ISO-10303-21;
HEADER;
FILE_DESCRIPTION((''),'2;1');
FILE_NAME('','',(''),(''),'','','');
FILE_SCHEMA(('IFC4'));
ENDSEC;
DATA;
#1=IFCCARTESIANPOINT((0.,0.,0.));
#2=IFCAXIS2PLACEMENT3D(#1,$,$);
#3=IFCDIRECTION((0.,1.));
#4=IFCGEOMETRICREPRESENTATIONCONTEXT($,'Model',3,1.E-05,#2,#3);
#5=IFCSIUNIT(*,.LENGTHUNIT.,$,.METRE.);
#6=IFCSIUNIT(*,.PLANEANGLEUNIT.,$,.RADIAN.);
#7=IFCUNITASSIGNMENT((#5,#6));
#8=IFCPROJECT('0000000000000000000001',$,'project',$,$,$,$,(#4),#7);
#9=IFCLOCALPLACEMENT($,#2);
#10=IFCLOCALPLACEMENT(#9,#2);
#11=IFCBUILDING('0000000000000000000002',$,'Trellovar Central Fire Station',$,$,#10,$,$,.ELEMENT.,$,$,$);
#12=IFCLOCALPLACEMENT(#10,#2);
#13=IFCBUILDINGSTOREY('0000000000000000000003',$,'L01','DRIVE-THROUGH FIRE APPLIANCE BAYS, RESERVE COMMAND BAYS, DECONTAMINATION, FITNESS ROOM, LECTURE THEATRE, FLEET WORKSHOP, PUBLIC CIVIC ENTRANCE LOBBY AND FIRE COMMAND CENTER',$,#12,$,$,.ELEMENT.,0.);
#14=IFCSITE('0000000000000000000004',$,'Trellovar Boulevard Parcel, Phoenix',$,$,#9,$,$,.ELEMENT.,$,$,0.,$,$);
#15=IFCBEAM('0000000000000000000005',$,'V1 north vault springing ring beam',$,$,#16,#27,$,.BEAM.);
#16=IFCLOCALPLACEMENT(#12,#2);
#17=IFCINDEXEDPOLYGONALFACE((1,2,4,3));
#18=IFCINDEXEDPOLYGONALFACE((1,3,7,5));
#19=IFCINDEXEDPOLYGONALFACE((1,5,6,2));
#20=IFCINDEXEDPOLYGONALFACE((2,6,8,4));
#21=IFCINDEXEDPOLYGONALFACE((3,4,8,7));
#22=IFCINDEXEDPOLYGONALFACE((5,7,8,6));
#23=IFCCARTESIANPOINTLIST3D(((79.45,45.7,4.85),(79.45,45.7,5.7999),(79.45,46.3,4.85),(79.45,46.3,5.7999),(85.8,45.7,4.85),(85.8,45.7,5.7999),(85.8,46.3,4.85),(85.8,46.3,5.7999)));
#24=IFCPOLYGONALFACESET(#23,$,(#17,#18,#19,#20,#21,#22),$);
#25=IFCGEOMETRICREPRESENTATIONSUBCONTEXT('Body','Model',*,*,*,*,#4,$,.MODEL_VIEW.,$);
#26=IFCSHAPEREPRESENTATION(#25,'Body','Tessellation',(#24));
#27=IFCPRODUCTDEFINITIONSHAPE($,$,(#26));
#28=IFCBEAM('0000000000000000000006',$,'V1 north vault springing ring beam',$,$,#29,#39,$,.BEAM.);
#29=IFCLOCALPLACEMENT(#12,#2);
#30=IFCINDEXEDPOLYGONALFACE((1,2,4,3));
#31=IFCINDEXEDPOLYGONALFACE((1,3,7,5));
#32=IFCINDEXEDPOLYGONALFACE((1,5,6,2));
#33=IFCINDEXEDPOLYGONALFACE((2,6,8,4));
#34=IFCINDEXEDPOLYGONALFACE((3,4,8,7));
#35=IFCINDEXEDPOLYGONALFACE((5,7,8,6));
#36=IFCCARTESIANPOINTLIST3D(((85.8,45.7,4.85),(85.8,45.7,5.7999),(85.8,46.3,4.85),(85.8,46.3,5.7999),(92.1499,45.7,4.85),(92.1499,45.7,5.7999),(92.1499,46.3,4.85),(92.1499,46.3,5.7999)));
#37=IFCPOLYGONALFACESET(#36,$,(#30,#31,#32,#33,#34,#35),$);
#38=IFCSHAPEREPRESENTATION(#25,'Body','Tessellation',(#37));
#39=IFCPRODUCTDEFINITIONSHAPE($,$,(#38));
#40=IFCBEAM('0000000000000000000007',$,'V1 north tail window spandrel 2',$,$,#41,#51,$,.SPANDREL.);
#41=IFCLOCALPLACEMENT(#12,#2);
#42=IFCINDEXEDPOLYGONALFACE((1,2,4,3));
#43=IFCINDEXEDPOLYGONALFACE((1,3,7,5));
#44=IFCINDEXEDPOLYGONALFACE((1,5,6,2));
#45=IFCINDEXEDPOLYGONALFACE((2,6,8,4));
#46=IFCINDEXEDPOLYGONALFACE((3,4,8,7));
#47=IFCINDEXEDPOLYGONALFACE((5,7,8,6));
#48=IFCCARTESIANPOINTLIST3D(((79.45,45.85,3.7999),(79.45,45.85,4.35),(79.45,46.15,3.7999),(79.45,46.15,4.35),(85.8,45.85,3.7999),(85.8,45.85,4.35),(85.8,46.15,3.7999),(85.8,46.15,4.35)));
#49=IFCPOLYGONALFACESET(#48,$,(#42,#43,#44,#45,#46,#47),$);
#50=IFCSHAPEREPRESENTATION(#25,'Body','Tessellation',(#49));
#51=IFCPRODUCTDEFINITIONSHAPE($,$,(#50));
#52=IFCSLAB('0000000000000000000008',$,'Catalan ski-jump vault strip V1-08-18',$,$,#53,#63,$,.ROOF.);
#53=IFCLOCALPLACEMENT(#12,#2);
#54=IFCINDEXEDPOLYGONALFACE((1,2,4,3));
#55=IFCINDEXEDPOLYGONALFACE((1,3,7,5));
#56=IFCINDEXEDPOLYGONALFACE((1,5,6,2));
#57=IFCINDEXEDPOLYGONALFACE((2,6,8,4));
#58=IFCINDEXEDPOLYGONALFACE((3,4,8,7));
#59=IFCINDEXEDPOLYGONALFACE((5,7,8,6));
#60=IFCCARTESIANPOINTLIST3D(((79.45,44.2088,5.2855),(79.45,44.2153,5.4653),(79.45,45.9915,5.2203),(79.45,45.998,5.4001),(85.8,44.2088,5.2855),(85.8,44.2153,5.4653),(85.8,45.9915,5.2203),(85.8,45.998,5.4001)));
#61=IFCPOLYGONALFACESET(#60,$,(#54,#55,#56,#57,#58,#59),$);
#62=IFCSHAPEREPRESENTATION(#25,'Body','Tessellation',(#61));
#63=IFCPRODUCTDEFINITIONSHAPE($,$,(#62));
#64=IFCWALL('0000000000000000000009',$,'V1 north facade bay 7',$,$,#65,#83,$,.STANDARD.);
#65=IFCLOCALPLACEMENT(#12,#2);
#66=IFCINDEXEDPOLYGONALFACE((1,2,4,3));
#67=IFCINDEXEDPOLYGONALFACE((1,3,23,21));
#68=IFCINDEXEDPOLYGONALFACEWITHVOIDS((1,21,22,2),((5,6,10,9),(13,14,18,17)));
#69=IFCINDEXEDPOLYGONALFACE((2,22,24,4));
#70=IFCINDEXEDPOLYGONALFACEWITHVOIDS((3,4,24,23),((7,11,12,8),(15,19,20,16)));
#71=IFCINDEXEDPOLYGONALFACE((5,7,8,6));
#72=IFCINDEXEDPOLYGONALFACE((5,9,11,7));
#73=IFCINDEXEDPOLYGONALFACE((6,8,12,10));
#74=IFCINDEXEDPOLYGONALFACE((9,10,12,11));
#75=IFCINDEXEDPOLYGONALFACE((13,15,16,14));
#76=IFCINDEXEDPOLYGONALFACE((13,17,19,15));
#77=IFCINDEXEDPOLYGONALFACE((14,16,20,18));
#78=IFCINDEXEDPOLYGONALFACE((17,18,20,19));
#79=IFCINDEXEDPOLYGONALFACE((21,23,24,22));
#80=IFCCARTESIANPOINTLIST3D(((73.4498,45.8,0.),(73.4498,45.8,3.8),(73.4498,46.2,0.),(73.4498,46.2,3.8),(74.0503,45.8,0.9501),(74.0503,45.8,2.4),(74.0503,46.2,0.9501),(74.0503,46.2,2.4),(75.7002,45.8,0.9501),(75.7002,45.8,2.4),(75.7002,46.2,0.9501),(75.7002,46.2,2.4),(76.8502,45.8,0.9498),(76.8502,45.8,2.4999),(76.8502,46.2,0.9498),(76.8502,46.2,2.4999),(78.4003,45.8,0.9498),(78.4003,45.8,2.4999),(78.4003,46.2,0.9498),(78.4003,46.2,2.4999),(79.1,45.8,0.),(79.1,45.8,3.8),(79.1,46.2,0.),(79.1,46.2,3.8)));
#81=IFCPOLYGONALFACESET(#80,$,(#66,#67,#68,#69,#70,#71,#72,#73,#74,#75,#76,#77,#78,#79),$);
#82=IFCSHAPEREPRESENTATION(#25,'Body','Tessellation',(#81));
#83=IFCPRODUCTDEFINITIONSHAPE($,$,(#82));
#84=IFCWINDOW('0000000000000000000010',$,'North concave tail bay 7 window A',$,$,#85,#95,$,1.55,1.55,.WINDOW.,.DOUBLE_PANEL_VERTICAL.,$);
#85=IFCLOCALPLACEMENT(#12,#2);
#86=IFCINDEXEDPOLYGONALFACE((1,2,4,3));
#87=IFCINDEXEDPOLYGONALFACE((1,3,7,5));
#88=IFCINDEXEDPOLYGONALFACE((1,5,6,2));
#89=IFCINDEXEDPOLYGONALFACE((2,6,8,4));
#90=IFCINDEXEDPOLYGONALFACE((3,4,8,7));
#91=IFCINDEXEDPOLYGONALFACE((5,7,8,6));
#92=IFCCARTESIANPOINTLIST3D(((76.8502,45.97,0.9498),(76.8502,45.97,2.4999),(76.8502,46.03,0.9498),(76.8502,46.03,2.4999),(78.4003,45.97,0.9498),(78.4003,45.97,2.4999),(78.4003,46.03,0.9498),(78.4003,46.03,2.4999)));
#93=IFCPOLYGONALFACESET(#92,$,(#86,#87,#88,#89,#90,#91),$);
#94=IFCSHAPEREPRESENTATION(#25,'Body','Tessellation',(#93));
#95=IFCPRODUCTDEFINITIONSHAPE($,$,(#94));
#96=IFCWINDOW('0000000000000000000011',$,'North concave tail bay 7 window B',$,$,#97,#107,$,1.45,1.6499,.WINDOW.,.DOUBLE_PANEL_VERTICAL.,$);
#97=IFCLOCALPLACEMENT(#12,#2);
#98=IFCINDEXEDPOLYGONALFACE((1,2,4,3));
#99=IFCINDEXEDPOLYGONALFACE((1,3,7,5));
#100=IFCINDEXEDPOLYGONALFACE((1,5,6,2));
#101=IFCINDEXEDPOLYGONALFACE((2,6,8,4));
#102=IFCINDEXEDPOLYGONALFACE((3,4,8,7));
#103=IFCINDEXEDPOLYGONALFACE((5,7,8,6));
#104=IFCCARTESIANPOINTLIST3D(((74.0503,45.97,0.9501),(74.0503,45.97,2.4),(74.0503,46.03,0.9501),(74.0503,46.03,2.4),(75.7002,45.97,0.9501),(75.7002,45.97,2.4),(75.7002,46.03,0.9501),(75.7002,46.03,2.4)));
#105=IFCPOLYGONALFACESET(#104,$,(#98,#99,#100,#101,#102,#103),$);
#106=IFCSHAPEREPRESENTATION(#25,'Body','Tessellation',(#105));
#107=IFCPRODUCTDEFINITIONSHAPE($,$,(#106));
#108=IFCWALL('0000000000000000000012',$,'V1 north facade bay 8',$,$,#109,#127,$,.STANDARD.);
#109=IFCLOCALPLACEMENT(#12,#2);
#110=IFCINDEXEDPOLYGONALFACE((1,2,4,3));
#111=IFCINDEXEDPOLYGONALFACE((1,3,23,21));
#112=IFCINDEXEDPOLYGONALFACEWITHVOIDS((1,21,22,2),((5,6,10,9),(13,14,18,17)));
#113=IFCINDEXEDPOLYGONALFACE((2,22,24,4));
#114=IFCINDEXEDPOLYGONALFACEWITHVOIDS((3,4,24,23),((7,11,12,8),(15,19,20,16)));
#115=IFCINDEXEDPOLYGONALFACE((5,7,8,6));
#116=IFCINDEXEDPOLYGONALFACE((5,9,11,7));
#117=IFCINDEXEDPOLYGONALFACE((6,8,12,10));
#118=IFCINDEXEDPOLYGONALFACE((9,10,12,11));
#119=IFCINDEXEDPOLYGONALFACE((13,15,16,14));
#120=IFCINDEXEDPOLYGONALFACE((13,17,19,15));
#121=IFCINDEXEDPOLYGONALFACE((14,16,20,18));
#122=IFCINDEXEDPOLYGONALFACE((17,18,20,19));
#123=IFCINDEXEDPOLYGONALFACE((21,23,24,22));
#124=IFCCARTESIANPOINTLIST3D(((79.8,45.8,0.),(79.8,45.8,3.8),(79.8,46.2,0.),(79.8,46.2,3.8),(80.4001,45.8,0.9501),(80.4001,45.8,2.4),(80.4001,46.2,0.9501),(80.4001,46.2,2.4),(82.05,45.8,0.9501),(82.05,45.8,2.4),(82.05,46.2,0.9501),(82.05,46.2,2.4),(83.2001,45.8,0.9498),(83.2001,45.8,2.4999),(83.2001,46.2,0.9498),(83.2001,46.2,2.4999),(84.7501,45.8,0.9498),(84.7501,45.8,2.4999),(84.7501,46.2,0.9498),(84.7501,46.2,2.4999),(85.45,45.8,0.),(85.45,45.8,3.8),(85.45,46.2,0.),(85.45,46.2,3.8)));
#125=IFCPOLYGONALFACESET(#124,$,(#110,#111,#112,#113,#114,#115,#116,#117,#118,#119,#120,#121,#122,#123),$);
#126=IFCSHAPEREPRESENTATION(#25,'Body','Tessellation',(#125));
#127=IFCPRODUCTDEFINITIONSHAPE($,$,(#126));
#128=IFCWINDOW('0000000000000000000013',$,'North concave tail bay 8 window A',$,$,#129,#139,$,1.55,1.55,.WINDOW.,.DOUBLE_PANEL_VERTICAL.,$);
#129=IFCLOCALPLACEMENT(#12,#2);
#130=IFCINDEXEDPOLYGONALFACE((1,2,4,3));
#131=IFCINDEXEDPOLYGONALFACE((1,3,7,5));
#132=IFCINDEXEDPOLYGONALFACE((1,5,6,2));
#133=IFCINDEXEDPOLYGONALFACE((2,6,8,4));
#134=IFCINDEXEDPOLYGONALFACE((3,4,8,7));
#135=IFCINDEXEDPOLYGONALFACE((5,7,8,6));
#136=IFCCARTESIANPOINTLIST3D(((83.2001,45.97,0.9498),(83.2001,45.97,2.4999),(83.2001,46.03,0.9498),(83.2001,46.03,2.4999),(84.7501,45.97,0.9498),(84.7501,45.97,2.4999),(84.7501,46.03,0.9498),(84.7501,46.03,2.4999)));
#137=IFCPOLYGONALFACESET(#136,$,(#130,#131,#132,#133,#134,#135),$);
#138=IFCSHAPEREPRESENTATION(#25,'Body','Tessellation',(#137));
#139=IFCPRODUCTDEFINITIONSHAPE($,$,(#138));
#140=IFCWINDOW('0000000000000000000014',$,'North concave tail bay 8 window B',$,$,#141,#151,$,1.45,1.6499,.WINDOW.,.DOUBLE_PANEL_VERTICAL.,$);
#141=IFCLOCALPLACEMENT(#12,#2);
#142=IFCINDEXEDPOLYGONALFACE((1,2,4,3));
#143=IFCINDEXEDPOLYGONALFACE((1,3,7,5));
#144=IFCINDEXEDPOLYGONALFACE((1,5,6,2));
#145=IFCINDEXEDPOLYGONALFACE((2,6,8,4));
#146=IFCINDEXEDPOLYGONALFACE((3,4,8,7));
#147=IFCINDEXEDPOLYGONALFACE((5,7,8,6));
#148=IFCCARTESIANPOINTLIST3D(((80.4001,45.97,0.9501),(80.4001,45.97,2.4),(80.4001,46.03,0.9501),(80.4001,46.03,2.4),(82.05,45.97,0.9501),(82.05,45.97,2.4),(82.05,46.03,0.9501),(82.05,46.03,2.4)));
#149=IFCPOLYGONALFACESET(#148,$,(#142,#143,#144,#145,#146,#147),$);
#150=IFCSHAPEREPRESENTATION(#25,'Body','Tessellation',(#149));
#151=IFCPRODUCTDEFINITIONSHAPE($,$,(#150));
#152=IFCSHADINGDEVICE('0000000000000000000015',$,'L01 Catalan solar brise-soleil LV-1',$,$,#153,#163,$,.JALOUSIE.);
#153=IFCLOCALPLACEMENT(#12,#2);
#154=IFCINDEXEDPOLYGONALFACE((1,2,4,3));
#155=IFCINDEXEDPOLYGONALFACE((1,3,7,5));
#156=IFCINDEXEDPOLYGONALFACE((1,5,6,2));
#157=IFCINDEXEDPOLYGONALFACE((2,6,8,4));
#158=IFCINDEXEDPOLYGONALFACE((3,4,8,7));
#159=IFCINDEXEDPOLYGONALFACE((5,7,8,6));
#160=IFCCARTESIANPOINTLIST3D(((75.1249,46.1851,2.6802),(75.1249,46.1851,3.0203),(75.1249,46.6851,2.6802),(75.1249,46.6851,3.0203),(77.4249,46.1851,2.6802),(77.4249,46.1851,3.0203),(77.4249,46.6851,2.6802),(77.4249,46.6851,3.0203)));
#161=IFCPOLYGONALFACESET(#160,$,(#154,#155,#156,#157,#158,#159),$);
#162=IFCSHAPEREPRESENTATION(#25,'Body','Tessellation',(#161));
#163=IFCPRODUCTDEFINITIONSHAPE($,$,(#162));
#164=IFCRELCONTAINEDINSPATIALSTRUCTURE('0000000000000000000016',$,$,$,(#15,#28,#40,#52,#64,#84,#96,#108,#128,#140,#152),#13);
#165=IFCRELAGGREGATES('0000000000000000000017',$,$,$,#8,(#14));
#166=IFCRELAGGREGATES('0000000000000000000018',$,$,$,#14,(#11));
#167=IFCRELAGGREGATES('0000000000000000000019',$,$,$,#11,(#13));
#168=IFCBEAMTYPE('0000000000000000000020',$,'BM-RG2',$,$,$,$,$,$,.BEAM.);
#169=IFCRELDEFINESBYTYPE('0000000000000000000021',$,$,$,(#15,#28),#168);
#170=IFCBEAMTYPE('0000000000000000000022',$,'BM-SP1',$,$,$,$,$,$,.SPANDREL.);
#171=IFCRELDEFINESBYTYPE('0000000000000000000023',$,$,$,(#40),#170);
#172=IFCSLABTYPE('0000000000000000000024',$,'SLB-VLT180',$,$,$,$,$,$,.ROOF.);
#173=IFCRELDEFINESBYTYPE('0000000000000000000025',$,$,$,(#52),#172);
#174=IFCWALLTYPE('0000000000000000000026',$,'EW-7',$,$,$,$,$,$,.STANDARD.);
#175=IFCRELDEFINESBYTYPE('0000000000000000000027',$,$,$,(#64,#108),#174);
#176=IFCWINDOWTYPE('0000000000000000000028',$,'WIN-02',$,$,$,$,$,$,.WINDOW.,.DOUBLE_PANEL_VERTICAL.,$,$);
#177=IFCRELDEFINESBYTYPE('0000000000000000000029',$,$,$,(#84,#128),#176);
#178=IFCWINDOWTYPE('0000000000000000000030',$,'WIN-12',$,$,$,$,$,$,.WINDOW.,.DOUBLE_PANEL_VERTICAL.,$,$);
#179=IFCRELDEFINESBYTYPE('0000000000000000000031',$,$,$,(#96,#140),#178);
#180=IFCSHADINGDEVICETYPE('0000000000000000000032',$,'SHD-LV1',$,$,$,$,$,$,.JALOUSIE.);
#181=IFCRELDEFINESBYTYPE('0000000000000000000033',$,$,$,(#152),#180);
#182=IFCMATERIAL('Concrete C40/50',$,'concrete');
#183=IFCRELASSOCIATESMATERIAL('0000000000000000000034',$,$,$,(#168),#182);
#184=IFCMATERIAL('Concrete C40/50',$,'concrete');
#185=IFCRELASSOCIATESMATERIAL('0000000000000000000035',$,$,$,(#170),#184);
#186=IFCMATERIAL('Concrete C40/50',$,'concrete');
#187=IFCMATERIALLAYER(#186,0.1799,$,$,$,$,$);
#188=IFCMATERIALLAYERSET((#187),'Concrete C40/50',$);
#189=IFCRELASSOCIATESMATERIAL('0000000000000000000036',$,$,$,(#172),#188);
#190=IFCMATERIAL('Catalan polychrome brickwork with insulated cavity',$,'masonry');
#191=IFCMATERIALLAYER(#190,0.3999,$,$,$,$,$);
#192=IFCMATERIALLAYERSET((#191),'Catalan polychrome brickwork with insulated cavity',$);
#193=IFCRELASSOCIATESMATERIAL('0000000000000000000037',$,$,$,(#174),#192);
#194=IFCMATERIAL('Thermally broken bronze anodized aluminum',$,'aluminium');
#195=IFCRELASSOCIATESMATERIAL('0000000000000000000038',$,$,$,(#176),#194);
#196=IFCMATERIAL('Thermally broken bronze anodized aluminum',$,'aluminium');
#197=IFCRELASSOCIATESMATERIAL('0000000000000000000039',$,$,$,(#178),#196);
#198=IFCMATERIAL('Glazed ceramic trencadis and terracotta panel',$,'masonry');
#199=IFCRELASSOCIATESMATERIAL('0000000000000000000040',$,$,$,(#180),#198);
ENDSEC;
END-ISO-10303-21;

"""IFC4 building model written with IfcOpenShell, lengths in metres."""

from ifc_helpers import new_model, si_unit, direction, frame, frame_2d, origin, origin_2d, place, context, subcontext, project, spatial, polyline, rectangle, outline, extrude, material, layer, layer_set, material_profile, profile_set, type_object, element, fill, save


model = new_model("IFC4")

# Units and contexts
model_context = context("Model", 3, precision=1e-05, world=origin(), true_north=direction((0.0, 1.0)))
body_context = subcontext(model_context, "Body", "Model", "MODEL_VIEW")
ifc_project = project(units=[si_unit("LENGTHUNIT", "METRE"), si_unit("PLANEANGLEUNIT", "RADIAN")], contexts=[model_context])

# Site, building, storey
site_placement = place(None, origin())
site = spatial("IfcSite", under=ifc_project, at=site_placement, Name="Trellovar Boulevard Parcel, Phoenix", CompositionType="ELEMENT", RefElevation=0.0)
building_placement = place(site_placement, origin())
building = spatial("IfcBuilding", under=site, at=building_placement, Name="Trellovar Central Fire Station", CompositionType="ELEMENT")
storey_placement = place(building_placement, origin())
storey = spatial("IfcBuildingStorey", under=building, at=storey_placement, Name="L01", Description="DRIVE-THROUGH FIRE APPLIANCE BAYS, RESERVE COMMAND BAYS, DECONTAMINATION, FITNESS ROOM, LECTURE THEATRE, FLEET WORKSHOP, PUBLIC CIVIC ENTRANCE LOBBY AND FIRE COMMAND CENTER", CompositionType="ELEMENT", Elevation=0.0)

# Beams
ifc_material_1 = material(Name="Concrete C40/50", Category="concrete")
ifc_material_profile_1 = material_profile(ifc_material_1, rectangle(XDim=0.6001, YDim=0.95, at=origin_2d()), Name="RC600X950")
ifc_profile_set_1 = profile_set([ifc_material_profile_1], Name="Concrete C40/50")
beam_type_1 = type_object("IfcBeamType", Name="BM-RG2", PredefinedType="BEAM", material=ifc_profile_set_1)
beam_1_placement = place(storey_placement, frame((79.45, 46.0, 5.325), z_axis=(1.0, 0.0, 0.0), x_axis=(0.0, 1.0, 0.0)))
element("IfcBeam", 1, at=beam_1_placement, inside=storey, type_object=beam_type_1, Name="V1 north vault springing ring beam", PredefinedType="BEAM", context=body_context, shape_type="SweptSolid", body=[
    extrude(rectangle(XDim=0.6001, YDim=0.95, at=origin_2d()), origin(), (0.0, 0.0, 1.0), 6.3501),
])
beam_2_placement = place(storey_placement, frame((85.8, 46.0, 5.325), z_axis=(1.0, 0.0, 0.0), x_axis=(0.0, 1.0, 0.0)))
element("IfcBeam", 2, at=beam_2_placement, inside=storey, type_object=beam_type_1, Name="V1 north vault springing ring beam", PredefinedType="BEAM", context=body_context, shape_type="SweptSolid", body=[
    extrude(rectangle(XDim=0.6001, YDim=0.95, at=origin_2d()), origin(), (0.0, 0.0, 1.0), 6.3499),
])
ifc_material_2 = material(Name="Concrete C40/50", Category="concrete")
ifc_material_profile_2 = material_profile(ifc_material_2, rectangle(XDim=0.3, YDim=0.55, at=origin_2d()), Name="RC300X550")
ifc_profile_set_2 = profile_set([ifc_material_profile_2], Name="Concrete C40/50")
beam_type_2 = type_object("IfcBeamType", Name="BM-SP1", PredefinedType="SPANDREL", material=ifc_profile_set_2)
beam_3_placement = place(storey_placement, frame((79.45, 46.0, 4.075), z_axis=(1.0, 0.0, 0.0), x_axis=(0.0, 1.0, 0.0)))
element("IfcBeam", 3, at=beam_3_placement, inside=storey, type_object=beam_type_2, Name="V1 north tail window spandrel 2", PredefinedType="SPANDREL", context=body_context, shape_type="SweptSolid", body=[
    extrude(rectangle(XDim=0.3, YDim=0.55, at=origin_2d()), origin(), (0.0, 0.0, 1.0), 6.3501),
])

# Slab
ifc_material_3 = material(Name="Concrete C40/50", Category="concrete")
ifc_layer_1 = layer(ifc_material_3, 0.1799)
ifc_layer_set_1 = layer_set([ifc_layer_1], Name="Concrete C40/50")
slab_type = type_object("IfcSlabType", Name="SLB-VLT180", PredefinedType="ROOF", material=ifc_layer_set_1)
slab_placement = place(storey_placement, frame((79.45, 44.2153, 5.4653), z_axis=(0.0, 0.036541, 0.999332), x_axis=(1.0, 0.0, 0.0)))
element("IfcSlab", 4, at=slab_placement, inside=storey, type_object=slab_type, Name="Catalan ski-jump vault strip V1-08-18", PredefinedType="ROOF", context=body_context, shape_type="SweptSolid", body=[
    extrude(outline(polyline([(0.0, 0.0), (6.3501, 0.0), (6.3501, 1.7839), (0.0, 1.7839), (0.0, 0.0)])), origin(), (0.0, 0.0, -1.0), 0.1799),
])

# Walls, openings, windows
ifc_material_4 = material(Name="Catalan polychrome brickwork with insulated cavity", Category="masonry")
ifc_layer_2 = layer(ifc_material_4, 0.3999)
ifc_layer_set_2 = layer_set([ifc_layer_2], Name="Catalan polychrome brickwork with insulated cavity")
wall_type = type_object("IfcWallType", Name="EW-7", PredefinedType="STANDARD", material=ifc_layer_set_2)
wall_1_placement = place(storey_placement, frame((79.1001, 46.0, 0.0), z_axis=(0.0, 0.0, 1.0), x_axis=(-1.0, 0.0, 0.0)))
wall_1 = element("IfcWall", 5, at=wall_1_placement, inside=storey, type_object=wall_type, Name="V1 north facade bay 7", PredefinedType="STANDARD", context=body_context, shape_type="SweptSolid", body=[
    extrude(rectangle(XDim=5.6501, YDim=0.3999, at=frame_2d((2.8252, 0.0))), origin(), (0.0, 0.0, 1.0), 3.8),
])
opening_1_placement = place(wall_1_placement, frame((0.7, 0.0, 0.95)))
opening_1 = element("IfcOpeningElement", 6, at=opening_1_placement, cuts=wall_1, PredefinedType="OPENING", context=body_context, shape_type="SweptSolid", body=[
    extrude(rectangle(XDim=1.55, YDim=1.55, at=frame_2d((0.7749, 0.7749))), frame((0.0, 0.21, 0.0), z_axis=(0.0, -1.0, 0.0), x_axis=(1.0, 0.0, 0.0)), (0.0, 0.0, 1.0), 0.4199),
])
opening_2_placement = place(wall_1_placement, frame((3.3999, 0.0, 0.95)))
opening_2 = element("IfcOpeningElement", 7, at=opening_2_placement, cuts=wall_1, PredefinedType="OPENING", context=body_context, shape_type="SweptSolid", body=[
    extrude(rectangle(XDim=1.6499, YDim=1.45, at=frame_2d((0.825, 0.7251))), frame((0.0, 0.21, 0.0), z_axis=(0.0, -1.0, 0.0), x_axis=(1.0, 0.0, 0.0)), (0.0, 0.0, 1.0), 0.4199),
])
ifc_material_5 = material(Name="Thermally broken bronze anodized aluminum", Category="aluminium")
window_type_1 = type_object("IfcWindowType", Name="WIN-02", PartitioningType="DOUBLE_PANEL_VERTICAL", PredefinedType="WINDOW", material=ifc_material_5)
window_1_placement = place(opening_1_placement, origin())
window_1 = element("IfcWindow", 8, at=window_1_placement, inside=storey, type_object=window_type_1, Name="North concave tail bay 7 window A", OverallHeight=1.55, OverallWidth=1.55, PartitioningType="DOUBLE_PANEL_VERTICAL", PredefinedType="WINDOW", context=body_context, shape_type="SweptSolid", body=[
    extrude(rectangle(XDim=1.55, YDim=1.55, at=frame_2d((0.7749, 0.7749))), frame((0.0, 0.03, 0.0), z_axis=(0.0, -1.0, 0.0), x_axis=(1.0, 0.0, 0.0)), (0.0, 0.0, 1.0), 0.0601),
])
fill(opening_1, window_1)
ifc_material_6 = material(Name="Thermally broken bronze anodized aluminum", Category="aluminium")
window_type_2 = type_object("IfcWindowType", Name="WIN-12", PartitioningType="DOUBLE_PANEL_VERTICAL", PredefinedType="WINDOW", material=ifc_material_6)
window_2_placement = place(opening_2_placement, origin())
window_2 = element("IfcWindow", 9, at=window_2_placement, inside=storey, type_object=window_type_2, Name="North concave tail bay 7 window B", OverallHeight=1.45, OverallWidth=1.6499, PartitioningType="DOUBLE_PANEL_VERTICAL", PredefinedType="WINDOW", context=body_context, shape_type="SweptSolid", body=[
    extrude(rectangle(XDim=1.6499, YDim=1.45, at=frame_2d((0.825, 0.7251))), frame((0.0, 0.03, 0.0), z_axis=(0.0, -1.0, 0.0), x_axis=(1.0, 0.0, 0.0)), (0.0, 0.0, 1.0), 0.0601),
])
fill(opening_2, window_2)
wall_2_placement = place(storey_placement, frame((85.45, 46.0, 0.0), z_axis=(0.0, 0.0, 1.0), x_axis=(-1.0, 0.0, 0.0)))
wall_2 = element("IfcWall", 10, at=wall_2_placement, inside=storey, type_object=wall_type, Name="V1 north facade bay 8", PredefinedType="STANDARD", context=body_context, shape_type="SweptSolid", body=[
    extrude(rectangle(XDim=5.6499, YDim=0.3999, at=frame_2d((2.825, 0.0))), origin(), (0.0, 0.0, 1.0), 3.8),
])
opening_3_placement = place(wall_2_placement, frame((0.7, 0.0, 0.95)))
opening_3 = element("IfcOpeningElement", 11, at=opening_3_placement, cuts=wall_2, PredefinedType="OPENING", context=body_context, shape_type="SweptSolid", body=[
    extrude(rectangle(XDim=1.55, YDim=1.55, at=frame_2d((0.7749, 0.7749))), frame((0.0, 0.21, 0.0), z_axis=(0.0, -1.0, 0.0), x_axis=(1.0, 0.0, 0.0)), (0.0, 0.0, 1.0), 0.4199),
])
opening_4_placement = place(wall_2_placement, frame((3.3999, 0.0, 0.95)))
opening_4 = element("IfcOpeningElement", 12, at=opening_4_placement, cuts=wall_2, PredefinedType="OPENING", context=body_context, shape_type="SweptSolid", body=[
    extrude(rectangle(XDim=1.6499, YDim=1.45, at=frame_2d((0.825, 0.7251))), frame((0.0, 0.21, 0.0), z_axis=(0.0, -1.0, 0.0), x_axis=(1.0, 0.0, 0.0)), (0.0, 0.0, 1.0), 0.4199),
])
window_3_placement = place(opening_3_placement, origin())
window_3 = element("IfcWindow", 13, at=window_3_placement, inside=storey, type_object=window_type_1, Name="North concave tail bay 8 window A", OverallHeight=1.55, OverallWidth=1.55, PartitioningType="DOUBLE_PANEL_VERTICAL", PredefinedType="WINDOW", context=body_context, shape_type="SweptSolid", body=[
    extrude(rectangle(XDim=1.55, YDim=1.55, at=frame_2d((0.7749, 0.7749))), frame((0.0, 0.03, 0.0), z_axis=(0.0, -1.0, 0.0), x_axis=(1.0, 0.0, 0.0)), (0.0, 0.0, 1.0), 0.0601),
])
fill(opening_3, window_3)
window_4_placement = place(opening_4_placement, origin())
window_4 = element("IfcWindow", 14, at=window_4_placement, inside=storey, type_object=window_type_2, Name="North concave tail bay 8 window B", OverallHeight=1.45, OverallWidth=1.6499, PartitioningType="DOUBLE_PANEL_VERTICAL", PredefinedType="WINDOW", context=body_context, shape_type="SweptSolid", body=[
    extrude(rectangle(XDim=1.6499, YDim=1.45, at=frame_2d((0.825, 0.7251))), frame((0.0, 0.03, 0.0), z_axis=(0.0, -1.0, 0.0), x_axis=(1.0, 0.0, 0.0)), (0.0, 0.0, 1.0), 0.0601),
])
fill(opening_4, window_4)

# Shading device
ifc_material_7 = material(Name="Glazed ceramic trencadis and terracotta panel", Category="masonry")
shading_device_type = type_object("IfcShadingDeviceType", Name="SHD-LV1", PredefinedType="JALOUSIE", material=ifc_material_7)
for number, where, z_axis, x_axis, name in (
    (15, (76.2749, 46.4351, 2.6802), (0.0, 0.0, 1.0), (1.0, 0.0, 0.0), "L01 Catalan solar brise-soleil LV-1"),
):
    element("IfcShadingDevice", number, at=place(storey_placement, frame(where, z_axis=z_axis, x_axis=x_axis)), inside=storey, type_object=shading_device_type, Name=name, PredefinedType="JALOUSIE", context=body_context, shape_type="SweptSolid", body=[
        extrude(rectangle(XDim=2.3, YDim=0.5, at=origin_2d()), origin(), (0.0, 0.0, 1.0), 0.3401),
    ])

save(model, "model.ifc")
